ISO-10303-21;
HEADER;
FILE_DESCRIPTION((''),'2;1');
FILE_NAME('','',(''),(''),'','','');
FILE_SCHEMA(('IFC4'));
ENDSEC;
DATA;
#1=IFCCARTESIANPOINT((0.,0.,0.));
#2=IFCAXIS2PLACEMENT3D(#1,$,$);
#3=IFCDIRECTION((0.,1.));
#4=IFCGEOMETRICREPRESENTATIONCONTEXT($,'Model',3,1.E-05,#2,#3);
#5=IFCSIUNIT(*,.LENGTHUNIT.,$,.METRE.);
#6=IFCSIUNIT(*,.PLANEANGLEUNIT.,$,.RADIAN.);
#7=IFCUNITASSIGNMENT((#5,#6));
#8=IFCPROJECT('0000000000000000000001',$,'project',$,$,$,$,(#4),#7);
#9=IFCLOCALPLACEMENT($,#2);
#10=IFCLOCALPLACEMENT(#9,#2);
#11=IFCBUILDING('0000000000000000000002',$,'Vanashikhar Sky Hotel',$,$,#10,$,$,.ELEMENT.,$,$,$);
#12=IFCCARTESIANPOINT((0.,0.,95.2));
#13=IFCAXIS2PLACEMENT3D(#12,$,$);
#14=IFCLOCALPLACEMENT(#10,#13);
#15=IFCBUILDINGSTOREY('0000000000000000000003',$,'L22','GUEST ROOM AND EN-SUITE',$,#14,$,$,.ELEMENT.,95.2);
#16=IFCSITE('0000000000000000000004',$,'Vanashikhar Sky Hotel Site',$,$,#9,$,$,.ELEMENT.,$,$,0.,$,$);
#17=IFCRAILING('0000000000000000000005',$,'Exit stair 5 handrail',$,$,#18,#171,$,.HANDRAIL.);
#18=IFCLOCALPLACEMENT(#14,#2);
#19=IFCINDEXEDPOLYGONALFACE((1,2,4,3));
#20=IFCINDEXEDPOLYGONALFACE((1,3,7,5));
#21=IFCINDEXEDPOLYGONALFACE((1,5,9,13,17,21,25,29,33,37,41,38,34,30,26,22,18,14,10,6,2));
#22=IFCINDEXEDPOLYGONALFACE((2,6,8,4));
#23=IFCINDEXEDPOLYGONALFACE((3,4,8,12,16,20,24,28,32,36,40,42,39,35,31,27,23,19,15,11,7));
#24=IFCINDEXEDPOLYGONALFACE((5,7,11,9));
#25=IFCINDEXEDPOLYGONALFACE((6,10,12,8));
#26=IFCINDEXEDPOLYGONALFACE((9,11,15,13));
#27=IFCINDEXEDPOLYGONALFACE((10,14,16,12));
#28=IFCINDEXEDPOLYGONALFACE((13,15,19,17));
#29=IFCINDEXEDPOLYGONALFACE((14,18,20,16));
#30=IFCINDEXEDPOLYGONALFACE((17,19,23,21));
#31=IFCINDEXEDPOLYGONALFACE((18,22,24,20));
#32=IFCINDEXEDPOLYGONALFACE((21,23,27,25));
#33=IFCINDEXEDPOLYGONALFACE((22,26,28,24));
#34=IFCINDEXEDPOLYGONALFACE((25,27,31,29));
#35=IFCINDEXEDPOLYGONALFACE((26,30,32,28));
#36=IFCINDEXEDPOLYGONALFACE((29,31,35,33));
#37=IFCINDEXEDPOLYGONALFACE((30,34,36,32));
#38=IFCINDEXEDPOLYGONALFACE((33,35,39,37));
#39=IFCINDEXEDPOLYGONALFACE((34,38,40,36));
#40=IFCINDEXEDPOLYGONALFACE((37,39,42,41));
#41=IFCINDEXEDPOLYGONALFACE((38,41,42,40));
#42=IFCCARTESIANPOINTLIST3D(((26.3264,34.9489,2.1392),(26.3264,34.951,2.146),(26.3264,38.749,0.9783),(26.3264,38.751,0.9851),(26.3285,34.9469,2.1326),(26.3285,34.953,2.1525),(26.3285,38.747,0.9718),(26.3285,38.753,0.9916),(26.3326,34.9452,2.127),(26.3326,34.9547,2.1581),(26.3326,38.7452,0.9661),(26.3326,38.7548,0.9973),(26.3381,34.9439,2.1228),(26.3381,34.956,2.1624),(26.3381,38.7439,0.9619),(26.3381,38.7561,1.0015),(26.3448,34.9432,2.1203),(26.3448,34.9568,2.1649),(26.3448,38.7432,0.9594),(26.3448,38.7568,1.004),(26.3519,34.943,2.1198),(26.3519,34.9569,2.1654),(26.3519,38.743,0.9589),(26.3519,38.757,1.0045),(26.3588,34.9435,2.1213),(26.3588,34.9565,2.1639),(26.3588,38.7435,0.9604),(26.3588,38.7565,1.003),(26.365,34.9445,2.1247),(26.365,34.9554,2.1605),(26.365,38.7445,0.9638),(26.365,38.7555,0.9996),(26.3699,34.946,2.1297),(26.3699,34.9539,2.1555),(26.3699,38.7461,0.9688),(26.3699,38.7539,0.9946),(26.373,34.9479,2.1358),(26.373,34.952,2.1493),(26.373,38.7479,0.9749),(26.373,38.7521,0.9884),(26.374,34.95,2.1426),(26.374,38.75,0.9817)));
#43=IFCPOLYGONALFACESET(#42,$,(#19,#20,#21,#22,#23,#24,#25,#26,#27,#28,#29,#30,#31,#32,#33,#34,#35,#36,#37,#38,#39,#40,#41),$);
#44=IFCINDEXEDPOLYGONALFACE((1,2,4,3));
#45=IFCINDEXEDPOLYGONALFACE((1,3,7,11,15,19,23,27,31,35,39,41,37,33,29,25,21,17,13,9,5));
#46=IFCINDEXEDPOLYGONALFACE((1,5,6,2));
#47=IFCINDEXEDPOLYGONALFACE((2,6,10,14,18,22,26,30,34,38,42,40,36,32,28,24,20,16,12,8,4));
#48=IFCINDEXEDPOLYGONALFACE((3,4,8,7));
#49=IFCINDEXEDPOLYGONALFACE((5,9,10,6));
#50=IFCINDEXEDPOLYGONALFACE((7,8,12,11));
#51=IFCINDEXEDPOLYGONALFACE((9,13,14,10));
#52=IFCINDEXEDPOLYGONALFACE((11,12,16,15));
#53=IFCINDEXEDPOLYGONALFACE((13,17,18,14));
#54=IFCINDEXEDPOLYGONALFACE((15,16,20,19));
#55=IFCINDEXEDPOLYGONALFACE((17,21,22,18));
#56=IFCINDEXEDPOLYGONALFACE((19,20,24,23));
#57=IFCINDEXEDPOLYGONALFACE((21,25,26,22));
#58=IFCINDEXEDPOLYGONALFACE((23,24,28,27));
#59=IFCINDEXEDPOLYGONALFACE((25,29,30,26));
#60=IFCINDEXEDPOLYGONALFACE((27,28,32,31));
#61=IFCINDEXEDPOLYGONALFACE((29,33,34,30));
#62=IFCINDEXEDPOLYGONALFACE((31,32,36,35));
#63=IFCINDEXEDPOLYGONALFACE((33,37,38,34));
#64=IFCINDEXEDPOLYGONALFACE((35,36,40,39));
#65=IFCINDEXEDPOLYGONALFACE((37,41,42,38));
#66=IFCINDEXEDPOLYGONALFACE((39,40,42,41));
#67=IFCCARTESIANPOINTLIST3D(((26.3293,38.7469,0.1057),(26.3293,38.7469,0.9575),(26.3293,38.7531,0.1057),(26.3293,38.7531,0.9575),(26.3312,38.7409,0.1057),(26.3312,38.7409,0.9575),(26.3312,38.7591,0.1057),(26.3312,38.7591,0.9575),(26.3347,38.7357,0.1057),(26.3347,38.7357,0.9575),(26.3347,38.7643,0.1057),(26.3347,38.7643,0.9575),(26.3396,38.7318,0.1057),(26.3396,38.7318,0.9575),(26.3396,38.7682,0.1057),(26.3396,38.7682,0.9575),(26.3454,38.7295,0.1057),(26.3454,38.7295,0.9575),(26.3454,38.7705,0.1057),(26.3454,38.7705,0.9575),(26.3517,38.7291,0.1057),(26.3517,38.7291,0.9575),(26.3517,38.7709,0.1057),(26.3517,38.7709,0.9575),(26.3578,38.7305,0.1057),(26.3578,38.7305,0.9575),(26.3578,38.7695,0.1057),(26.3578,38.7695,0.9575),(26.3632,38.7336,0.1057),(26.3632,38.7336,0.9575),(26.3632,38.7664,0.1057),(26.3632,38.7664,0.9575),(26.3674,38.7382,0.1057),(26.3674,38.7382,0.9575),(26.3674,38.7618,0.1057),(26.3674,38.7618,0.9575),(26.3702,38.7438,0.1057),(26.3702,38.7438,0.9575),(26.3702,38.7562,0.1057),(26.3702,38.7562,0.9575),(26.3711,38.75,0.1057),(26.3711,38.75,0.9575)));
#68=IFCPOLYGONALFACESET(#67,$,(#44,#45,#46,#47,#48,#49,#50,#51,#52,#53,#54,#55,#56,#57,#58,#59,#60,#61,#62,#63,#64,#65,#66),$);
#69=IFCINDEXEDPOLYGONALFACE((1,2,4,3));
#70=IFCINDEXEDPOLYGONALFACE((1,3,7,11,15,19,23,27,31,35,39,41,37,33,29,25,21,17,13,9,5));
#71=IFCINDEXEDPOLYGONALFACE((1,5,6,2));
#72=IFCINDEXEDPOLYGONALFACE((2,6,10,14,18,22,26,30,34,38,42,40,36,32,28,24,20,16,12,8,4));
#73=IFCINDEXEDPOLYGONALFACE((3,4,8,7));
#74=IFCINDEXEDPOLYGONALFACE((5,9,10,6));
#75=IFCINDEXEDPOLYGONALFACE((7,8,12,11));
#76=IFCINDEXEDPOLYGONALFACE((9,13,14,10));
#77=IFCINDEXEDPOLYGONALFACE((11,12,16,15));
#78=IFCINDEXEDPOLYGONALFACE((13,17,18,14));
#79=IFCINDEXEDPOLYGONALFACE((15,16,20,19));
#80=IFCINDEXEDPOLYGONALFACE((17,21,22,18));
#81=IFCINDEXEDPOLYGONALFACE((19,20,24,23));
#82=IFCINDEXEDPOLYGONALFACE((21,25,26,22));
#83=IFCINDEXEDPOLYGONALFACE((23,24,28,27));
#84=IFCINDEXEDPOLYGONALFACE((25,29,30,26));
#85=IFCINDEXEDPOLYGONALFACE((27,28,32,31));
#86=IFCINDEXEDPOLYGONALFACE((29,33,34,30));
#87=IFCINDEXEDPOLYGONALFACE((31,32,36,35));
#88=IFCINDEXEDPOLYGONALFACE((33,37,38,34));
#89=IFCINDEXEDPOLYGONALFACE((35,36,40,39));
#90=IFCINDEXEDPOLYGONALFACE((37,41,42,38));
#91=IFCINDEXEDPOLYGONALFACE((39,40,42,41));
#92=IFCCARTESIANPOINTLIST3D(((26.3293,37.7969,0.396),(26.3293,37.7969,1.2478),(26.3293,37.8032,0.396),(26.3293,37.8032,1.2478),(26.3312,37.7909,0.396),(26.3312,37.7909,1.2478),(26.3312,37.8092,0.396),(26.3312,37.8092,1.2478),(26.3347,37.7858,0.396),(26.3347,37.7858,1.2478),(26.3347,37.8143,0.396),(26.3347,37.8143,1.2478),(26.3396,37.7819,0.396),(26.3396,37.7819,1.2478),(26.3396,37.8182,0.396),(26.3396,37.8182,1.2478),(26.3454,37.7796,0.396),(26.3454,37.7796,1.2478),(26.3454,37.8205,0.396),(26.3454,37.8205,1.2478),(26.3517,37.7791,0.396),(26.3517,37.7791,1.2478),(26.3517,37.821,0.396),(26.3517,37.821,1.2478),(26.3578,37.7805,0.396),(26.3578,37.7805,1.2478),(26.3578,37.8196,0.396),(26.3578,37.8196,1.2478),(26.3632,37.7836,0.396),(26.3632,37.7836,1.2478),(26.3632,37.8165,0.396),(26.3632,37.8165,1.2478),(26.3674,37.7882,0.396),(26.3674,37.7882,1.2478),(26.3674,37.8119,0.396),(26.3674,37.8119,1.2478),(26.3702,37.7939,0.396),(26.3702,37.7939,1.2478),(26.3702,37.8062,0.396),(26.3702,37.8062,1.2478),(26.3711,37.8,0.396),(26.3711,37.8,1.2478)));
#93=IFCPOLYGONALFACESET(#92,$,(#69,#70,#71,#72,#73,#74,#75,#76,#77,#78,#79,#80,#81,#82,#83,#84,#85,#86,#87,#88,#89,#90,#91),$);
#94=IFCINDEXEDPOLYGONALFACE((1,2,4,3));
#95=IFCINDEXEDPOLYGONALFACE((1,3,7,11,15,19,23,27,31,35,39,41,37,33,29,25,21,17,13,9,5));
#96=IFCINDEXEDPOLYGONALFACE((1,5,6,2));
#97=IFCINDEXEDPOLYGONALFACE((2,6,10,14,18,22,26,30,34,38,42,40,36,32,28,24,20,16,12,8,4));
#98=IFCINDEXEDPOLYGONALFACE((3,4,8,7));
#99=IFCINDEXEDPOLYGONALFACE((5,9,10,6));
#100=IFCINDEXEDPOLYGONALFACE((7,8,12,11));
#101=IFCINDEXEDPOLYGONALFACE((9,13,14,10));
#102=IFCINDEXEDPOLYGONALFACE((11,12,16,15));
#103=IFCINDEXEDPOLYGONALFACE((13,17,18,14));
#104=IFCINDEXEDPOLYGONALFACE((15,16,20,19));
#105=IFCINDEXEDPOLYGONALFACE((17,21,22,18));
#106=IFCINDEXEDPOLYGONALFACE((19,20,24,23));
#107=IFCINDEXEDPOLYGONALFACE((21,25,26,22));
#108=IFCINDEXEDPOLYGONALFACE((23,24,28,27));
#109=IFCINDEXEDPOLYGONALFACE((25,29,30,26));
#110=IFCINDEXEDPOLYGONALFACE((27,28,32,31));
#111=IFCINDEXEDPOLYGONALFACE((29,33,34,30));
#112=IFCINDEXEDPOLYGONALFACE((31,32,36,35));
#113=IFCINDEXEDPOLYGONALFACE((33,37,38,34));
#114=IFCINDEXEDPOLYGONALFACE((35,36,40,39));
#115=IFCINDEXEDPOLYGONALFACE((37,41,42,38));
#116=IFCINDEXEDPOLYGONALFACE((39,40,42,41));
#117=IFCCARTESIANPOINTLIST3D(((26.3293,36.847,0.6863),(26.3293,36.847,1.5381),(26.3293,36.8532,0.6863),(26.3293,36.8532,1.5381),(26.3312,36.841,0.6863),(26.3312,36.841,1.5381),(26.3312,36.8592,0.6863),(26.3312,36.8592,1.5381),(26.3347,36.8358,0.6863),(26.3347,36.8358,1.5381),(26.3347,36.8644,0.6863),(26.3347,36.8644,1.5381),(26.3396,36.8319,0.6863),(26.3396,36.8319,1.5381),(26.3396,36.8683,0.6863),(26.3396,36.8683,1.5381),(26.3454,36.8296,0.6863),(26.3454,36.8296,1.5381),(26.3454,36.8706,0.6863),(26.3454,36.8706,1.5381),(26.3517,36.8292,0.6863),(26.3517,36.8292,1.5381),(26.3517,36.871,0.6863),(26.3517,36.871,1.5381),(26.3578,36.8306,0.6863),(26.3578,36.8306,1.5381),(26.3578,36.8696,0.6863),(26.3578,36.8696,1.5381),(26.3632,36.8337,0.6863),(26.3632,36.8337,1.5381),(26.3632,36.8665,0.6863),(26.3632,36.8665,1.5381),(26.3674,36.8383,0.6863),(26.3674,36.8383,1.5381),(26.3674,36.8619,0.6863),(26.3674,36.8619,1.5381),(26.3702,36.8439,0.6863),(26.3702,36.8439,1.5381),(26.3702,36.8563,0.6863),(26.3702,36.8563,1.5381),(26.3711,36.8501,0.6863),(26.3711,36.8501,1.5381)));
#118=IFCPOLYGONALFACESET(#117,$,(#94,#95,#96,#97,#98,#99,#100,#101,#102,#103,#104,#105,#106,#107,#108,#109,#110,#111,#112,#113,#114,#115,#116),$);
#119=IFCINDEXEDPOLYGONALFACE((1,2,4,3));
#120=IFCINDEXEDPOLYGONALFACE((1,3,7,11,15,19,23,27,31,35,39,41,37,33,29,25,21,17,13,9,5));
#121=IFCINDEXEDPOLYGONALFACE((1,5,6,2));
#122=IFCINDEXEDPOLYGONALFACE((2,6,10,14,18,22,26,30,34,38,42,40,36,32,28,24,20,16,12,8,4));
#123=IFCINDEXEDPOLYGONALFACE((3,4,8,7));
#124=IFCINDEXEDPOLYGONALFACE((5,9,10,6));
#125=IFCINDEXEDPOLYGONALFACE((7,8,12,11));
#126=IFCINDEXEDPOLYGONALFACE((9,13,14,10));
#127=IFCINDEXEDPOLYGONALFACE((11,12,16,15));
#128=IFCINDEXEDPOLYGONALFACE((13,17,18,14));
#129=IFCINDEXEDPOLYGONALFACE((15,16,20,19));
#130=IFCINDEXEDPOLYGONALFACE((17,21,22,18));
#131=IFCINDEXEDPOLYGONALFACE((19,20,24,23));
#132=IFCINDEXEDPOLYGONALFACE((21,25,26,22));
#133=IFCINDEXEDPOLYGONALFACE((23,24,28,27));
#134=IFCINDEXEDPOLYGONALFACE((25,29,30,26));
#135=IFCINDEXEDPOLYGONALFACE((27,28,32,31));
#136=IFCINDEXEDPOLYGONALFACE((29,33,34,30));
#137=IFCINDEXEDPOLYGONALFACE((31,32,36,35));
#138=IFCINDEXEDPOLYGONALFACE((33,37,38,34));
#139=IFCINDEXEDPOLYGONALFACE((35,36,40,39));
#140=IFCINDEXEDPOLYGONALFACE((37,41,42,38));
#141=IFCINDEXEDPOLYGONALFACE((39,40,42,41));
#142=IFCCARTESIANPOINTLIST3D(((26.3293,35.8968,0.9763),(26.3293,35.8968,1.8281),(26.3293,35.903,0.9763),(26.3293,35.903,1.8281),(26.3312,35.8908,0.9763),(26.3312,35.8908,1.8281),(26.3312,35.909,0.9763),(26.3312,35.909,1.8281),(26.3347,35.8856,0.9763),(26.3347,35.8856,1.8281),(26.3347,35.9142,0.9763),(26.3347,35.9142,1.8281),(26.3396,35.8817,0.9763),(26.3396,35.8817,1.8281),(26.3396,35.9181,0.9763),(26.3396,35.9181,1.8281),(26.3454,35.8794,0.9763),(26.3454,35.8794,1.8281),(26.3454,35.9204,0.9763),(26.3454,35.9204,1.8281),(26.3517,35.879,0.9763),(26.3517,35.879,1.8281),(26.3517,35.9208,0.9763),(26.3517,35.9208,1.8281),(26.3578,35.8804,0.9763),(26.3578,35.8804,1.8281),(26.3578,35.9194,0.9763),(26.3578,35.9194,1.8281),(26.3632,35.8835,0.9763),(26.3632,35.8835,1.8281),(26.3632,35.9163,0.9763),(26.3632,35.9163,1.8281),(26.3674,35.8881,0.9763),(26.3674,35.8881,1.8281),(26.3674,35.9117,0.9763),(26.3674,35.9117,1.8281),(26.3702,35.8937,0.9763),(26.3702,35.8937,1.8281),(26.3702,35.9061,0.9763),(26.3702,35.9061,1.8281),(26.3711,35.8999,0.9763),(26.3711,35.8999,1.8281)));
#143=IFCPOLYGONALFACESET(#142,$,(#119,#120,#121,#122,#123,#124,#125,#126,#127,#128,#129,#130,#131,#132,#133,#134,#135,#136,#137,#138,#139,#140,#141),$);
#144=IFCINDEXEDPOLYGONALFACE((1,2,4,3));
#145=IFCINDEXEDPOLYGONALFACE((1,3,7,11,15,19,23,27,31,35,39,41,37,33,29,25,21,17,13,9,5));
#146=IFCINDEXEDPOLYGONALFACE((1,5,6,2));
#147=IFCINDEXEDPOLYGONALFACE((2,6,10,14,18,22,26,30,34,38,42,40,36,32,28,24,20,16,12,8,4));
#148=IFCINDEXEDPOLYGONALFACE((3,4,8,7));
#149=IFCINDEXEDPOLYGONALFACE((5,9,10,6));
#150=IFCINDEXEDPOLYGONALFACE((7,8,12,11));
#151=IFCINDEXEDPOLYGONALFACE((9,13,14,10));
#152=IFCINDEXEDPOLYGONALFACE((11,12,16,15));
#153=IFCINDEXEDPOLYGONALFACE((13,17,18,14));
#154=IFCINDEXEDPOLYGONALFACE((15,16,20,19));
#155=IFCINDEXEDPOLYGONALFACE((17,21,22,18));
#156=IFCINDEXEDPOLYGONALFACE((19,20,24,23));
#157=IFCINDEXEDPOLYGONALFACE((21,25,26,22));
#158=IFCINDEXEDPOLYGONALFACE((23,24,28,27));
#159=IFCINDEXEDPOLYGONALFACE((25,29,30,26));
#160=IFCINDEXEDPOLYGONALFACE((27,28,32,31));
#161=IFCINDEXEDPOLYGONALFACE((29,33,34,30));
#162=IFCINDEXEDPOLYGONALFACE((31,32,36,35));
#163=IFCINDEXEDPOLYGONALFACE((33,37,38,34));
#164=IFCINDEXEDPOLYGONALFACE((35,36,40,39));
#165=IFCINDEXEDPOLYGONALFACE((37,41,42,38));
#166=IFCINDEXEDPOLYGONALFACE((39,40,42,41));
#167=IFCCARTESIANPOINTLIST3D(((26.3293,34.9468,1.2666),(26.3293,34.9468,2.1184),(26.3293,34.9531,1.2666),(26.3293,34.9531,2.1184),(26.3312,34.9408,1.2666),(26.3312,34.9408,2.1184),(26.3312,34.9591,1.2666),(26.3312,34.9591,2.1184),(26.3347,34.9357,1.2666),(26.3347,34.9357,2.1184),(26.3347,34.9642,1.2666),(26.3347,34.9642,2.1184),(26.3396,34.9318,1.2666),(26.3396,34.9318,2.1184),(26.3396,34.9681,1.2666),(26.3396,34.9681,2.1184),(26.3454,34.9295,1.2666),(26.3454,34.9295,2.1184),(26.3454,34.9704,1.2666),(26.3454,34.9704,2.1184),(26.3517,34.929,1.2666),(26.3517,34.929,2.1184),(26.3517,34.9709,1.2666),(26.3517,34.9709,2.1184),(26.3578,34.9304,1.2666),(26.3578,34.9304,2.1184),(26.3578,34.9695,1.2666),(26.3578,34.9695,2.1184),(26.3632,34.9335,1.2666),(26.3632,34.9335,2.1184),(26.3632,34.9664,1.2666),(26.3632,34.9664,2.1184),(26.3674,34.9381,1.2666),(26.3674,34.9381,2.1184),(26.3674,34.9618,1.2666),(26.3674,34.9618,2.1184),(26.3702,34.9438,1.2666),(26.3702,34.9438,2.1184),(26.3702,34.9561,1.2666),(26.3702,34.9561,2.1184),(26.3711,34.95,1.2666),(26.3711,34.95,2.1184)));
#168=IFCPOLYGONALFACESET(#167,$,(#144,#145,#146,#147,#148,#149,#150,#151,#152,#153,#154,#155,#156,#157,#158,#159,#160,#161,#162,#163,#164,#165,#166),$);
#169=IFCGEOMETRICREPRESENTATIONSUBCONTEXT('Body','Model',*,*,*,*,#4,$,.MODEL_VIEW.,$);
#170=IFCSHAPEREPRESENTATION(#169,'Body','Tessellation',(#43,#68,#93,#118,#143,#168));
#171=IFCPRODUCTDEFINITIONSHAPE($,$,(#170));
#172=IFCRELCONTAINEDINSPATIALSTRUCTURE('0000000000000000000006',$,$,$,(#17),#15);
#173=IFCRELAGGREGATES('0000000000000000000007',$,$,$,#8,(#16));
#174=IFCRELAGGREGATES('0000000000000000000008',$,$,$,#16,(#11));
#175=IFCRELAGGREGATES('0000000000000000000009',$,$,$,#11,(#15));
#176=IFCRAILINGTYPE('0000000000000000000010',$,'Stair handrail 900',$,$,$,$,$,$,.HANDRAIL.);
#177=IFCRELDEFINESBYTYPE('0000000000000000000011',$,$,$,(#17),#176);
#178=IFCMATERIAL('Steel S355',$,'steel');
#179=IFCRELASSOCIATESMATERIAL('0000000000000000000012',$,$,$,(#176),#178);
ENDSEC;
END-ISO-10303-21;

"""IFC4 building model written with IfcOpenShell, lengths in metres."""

from ifc_helpers import new_model, si_unit, direction, frame, origin, origin_2d, place, context, subcontext, project, spatial, circle, extrude, source, transform, mapped, material, type_object, element, save


model = new_model("IFC4")

# Units and contexts
model_context = context("Model", 3, precision=1e-05, world=origin(), true_north=direction((0.0, 1.0)))
body_context = subcontext(model_context, "Body", "Model", "MODEL_VIEW")
ifc_project = project(units=[si_unit("LENGTHUNIT", "METRE"), si_unit("PLANEANGLEUNIT", "RADIAN")], contexts=[model_context])

# Site, building, storey
site_placement = place(None, origin())
site = spatial("IfcSite", under=ifc_project, at=site_placement, Name="Vanashikhar Sky Hotel Site", CompositionType="ELEMENT", RefElevation=0.0)
building_placement = place(site_placement, origin())
building = spatial("IfcBuilding", under=site, at=building_placement, Name="Vanashikhar Sky Hotel", CompositionType="ELEMENT")
storey_placement = place(building_placement, frame((0.0, 0.0, 95.2)))
storey = spatial("IfcBuildingStorey", under=building, at=storey_placement, Name="L22", Description="GUEST ROOM AND EN-SUITE", CompositionType="ELEMENT", Elevation=95.2)

# Railing
ifc_material_1 = material(Name="Steel S355", Category="steel")
railing_type = type_object("IfcRailingType", Name="Stair handrail 900", PredefinedType="HANDRAIL", material=ifc_material_1)
shared_shape_1 = source(origin(), body_context, "Body", "SweptSolid", [
    extrude(circle(Radius=0.0239, at=origin_2d()), frame((0.0, 0.0, 0.876), z_axis=(0.0, -0.956368, 0.292164), x_axis=(1.0, 0.0, 0.0)), (0.0, 0.0, 1.0), 3.9734),
    extrude(circle(Radius=0.021, at=origin_2d()), origin(), (0.0, 0.0, 1.0), 0.8518),
    extrude(circle(Radius=0.021, at=origin_2d()), frame((0.0, -0.95, 0.2903)), (0.0, 0.0, 1.0), 0.8518),
    extrude(circle(Radius=0.021, at=origin_2d()), frame((0.0, -1.8999, 0.5806)), (0.0, 0.0, 1.0), 0.8518),
    extrude(circle(Radius=0.021, at=origin_2d()), frame((0.0, -2.8501, 0.8706)), (0.0, 0.0, 1.0), 0.8518),
    extrude(circle(Radius=0.021, at=origin_2d()), frame((0.0, -3.8, 1.1609)), (0.0, 0.0, 1.0), 0.8518),
])
railing_1_placement = place(storey_placement, frame((26.3501, 38.75, 0.1057)))
element("IfcRailing", 1, at=railing_1_placement, inside=storey, type_object=railing_type, Name="Exit stair 5 handrail", PredefinedType="HANDRAIL", context=body_context, shape_type="MappedRepresentation", body=[
    mapped(shared_shape_1, transform((0.0, 0.0, 0.0), scale=1.0)),
])

save(model, "model.ifc")
